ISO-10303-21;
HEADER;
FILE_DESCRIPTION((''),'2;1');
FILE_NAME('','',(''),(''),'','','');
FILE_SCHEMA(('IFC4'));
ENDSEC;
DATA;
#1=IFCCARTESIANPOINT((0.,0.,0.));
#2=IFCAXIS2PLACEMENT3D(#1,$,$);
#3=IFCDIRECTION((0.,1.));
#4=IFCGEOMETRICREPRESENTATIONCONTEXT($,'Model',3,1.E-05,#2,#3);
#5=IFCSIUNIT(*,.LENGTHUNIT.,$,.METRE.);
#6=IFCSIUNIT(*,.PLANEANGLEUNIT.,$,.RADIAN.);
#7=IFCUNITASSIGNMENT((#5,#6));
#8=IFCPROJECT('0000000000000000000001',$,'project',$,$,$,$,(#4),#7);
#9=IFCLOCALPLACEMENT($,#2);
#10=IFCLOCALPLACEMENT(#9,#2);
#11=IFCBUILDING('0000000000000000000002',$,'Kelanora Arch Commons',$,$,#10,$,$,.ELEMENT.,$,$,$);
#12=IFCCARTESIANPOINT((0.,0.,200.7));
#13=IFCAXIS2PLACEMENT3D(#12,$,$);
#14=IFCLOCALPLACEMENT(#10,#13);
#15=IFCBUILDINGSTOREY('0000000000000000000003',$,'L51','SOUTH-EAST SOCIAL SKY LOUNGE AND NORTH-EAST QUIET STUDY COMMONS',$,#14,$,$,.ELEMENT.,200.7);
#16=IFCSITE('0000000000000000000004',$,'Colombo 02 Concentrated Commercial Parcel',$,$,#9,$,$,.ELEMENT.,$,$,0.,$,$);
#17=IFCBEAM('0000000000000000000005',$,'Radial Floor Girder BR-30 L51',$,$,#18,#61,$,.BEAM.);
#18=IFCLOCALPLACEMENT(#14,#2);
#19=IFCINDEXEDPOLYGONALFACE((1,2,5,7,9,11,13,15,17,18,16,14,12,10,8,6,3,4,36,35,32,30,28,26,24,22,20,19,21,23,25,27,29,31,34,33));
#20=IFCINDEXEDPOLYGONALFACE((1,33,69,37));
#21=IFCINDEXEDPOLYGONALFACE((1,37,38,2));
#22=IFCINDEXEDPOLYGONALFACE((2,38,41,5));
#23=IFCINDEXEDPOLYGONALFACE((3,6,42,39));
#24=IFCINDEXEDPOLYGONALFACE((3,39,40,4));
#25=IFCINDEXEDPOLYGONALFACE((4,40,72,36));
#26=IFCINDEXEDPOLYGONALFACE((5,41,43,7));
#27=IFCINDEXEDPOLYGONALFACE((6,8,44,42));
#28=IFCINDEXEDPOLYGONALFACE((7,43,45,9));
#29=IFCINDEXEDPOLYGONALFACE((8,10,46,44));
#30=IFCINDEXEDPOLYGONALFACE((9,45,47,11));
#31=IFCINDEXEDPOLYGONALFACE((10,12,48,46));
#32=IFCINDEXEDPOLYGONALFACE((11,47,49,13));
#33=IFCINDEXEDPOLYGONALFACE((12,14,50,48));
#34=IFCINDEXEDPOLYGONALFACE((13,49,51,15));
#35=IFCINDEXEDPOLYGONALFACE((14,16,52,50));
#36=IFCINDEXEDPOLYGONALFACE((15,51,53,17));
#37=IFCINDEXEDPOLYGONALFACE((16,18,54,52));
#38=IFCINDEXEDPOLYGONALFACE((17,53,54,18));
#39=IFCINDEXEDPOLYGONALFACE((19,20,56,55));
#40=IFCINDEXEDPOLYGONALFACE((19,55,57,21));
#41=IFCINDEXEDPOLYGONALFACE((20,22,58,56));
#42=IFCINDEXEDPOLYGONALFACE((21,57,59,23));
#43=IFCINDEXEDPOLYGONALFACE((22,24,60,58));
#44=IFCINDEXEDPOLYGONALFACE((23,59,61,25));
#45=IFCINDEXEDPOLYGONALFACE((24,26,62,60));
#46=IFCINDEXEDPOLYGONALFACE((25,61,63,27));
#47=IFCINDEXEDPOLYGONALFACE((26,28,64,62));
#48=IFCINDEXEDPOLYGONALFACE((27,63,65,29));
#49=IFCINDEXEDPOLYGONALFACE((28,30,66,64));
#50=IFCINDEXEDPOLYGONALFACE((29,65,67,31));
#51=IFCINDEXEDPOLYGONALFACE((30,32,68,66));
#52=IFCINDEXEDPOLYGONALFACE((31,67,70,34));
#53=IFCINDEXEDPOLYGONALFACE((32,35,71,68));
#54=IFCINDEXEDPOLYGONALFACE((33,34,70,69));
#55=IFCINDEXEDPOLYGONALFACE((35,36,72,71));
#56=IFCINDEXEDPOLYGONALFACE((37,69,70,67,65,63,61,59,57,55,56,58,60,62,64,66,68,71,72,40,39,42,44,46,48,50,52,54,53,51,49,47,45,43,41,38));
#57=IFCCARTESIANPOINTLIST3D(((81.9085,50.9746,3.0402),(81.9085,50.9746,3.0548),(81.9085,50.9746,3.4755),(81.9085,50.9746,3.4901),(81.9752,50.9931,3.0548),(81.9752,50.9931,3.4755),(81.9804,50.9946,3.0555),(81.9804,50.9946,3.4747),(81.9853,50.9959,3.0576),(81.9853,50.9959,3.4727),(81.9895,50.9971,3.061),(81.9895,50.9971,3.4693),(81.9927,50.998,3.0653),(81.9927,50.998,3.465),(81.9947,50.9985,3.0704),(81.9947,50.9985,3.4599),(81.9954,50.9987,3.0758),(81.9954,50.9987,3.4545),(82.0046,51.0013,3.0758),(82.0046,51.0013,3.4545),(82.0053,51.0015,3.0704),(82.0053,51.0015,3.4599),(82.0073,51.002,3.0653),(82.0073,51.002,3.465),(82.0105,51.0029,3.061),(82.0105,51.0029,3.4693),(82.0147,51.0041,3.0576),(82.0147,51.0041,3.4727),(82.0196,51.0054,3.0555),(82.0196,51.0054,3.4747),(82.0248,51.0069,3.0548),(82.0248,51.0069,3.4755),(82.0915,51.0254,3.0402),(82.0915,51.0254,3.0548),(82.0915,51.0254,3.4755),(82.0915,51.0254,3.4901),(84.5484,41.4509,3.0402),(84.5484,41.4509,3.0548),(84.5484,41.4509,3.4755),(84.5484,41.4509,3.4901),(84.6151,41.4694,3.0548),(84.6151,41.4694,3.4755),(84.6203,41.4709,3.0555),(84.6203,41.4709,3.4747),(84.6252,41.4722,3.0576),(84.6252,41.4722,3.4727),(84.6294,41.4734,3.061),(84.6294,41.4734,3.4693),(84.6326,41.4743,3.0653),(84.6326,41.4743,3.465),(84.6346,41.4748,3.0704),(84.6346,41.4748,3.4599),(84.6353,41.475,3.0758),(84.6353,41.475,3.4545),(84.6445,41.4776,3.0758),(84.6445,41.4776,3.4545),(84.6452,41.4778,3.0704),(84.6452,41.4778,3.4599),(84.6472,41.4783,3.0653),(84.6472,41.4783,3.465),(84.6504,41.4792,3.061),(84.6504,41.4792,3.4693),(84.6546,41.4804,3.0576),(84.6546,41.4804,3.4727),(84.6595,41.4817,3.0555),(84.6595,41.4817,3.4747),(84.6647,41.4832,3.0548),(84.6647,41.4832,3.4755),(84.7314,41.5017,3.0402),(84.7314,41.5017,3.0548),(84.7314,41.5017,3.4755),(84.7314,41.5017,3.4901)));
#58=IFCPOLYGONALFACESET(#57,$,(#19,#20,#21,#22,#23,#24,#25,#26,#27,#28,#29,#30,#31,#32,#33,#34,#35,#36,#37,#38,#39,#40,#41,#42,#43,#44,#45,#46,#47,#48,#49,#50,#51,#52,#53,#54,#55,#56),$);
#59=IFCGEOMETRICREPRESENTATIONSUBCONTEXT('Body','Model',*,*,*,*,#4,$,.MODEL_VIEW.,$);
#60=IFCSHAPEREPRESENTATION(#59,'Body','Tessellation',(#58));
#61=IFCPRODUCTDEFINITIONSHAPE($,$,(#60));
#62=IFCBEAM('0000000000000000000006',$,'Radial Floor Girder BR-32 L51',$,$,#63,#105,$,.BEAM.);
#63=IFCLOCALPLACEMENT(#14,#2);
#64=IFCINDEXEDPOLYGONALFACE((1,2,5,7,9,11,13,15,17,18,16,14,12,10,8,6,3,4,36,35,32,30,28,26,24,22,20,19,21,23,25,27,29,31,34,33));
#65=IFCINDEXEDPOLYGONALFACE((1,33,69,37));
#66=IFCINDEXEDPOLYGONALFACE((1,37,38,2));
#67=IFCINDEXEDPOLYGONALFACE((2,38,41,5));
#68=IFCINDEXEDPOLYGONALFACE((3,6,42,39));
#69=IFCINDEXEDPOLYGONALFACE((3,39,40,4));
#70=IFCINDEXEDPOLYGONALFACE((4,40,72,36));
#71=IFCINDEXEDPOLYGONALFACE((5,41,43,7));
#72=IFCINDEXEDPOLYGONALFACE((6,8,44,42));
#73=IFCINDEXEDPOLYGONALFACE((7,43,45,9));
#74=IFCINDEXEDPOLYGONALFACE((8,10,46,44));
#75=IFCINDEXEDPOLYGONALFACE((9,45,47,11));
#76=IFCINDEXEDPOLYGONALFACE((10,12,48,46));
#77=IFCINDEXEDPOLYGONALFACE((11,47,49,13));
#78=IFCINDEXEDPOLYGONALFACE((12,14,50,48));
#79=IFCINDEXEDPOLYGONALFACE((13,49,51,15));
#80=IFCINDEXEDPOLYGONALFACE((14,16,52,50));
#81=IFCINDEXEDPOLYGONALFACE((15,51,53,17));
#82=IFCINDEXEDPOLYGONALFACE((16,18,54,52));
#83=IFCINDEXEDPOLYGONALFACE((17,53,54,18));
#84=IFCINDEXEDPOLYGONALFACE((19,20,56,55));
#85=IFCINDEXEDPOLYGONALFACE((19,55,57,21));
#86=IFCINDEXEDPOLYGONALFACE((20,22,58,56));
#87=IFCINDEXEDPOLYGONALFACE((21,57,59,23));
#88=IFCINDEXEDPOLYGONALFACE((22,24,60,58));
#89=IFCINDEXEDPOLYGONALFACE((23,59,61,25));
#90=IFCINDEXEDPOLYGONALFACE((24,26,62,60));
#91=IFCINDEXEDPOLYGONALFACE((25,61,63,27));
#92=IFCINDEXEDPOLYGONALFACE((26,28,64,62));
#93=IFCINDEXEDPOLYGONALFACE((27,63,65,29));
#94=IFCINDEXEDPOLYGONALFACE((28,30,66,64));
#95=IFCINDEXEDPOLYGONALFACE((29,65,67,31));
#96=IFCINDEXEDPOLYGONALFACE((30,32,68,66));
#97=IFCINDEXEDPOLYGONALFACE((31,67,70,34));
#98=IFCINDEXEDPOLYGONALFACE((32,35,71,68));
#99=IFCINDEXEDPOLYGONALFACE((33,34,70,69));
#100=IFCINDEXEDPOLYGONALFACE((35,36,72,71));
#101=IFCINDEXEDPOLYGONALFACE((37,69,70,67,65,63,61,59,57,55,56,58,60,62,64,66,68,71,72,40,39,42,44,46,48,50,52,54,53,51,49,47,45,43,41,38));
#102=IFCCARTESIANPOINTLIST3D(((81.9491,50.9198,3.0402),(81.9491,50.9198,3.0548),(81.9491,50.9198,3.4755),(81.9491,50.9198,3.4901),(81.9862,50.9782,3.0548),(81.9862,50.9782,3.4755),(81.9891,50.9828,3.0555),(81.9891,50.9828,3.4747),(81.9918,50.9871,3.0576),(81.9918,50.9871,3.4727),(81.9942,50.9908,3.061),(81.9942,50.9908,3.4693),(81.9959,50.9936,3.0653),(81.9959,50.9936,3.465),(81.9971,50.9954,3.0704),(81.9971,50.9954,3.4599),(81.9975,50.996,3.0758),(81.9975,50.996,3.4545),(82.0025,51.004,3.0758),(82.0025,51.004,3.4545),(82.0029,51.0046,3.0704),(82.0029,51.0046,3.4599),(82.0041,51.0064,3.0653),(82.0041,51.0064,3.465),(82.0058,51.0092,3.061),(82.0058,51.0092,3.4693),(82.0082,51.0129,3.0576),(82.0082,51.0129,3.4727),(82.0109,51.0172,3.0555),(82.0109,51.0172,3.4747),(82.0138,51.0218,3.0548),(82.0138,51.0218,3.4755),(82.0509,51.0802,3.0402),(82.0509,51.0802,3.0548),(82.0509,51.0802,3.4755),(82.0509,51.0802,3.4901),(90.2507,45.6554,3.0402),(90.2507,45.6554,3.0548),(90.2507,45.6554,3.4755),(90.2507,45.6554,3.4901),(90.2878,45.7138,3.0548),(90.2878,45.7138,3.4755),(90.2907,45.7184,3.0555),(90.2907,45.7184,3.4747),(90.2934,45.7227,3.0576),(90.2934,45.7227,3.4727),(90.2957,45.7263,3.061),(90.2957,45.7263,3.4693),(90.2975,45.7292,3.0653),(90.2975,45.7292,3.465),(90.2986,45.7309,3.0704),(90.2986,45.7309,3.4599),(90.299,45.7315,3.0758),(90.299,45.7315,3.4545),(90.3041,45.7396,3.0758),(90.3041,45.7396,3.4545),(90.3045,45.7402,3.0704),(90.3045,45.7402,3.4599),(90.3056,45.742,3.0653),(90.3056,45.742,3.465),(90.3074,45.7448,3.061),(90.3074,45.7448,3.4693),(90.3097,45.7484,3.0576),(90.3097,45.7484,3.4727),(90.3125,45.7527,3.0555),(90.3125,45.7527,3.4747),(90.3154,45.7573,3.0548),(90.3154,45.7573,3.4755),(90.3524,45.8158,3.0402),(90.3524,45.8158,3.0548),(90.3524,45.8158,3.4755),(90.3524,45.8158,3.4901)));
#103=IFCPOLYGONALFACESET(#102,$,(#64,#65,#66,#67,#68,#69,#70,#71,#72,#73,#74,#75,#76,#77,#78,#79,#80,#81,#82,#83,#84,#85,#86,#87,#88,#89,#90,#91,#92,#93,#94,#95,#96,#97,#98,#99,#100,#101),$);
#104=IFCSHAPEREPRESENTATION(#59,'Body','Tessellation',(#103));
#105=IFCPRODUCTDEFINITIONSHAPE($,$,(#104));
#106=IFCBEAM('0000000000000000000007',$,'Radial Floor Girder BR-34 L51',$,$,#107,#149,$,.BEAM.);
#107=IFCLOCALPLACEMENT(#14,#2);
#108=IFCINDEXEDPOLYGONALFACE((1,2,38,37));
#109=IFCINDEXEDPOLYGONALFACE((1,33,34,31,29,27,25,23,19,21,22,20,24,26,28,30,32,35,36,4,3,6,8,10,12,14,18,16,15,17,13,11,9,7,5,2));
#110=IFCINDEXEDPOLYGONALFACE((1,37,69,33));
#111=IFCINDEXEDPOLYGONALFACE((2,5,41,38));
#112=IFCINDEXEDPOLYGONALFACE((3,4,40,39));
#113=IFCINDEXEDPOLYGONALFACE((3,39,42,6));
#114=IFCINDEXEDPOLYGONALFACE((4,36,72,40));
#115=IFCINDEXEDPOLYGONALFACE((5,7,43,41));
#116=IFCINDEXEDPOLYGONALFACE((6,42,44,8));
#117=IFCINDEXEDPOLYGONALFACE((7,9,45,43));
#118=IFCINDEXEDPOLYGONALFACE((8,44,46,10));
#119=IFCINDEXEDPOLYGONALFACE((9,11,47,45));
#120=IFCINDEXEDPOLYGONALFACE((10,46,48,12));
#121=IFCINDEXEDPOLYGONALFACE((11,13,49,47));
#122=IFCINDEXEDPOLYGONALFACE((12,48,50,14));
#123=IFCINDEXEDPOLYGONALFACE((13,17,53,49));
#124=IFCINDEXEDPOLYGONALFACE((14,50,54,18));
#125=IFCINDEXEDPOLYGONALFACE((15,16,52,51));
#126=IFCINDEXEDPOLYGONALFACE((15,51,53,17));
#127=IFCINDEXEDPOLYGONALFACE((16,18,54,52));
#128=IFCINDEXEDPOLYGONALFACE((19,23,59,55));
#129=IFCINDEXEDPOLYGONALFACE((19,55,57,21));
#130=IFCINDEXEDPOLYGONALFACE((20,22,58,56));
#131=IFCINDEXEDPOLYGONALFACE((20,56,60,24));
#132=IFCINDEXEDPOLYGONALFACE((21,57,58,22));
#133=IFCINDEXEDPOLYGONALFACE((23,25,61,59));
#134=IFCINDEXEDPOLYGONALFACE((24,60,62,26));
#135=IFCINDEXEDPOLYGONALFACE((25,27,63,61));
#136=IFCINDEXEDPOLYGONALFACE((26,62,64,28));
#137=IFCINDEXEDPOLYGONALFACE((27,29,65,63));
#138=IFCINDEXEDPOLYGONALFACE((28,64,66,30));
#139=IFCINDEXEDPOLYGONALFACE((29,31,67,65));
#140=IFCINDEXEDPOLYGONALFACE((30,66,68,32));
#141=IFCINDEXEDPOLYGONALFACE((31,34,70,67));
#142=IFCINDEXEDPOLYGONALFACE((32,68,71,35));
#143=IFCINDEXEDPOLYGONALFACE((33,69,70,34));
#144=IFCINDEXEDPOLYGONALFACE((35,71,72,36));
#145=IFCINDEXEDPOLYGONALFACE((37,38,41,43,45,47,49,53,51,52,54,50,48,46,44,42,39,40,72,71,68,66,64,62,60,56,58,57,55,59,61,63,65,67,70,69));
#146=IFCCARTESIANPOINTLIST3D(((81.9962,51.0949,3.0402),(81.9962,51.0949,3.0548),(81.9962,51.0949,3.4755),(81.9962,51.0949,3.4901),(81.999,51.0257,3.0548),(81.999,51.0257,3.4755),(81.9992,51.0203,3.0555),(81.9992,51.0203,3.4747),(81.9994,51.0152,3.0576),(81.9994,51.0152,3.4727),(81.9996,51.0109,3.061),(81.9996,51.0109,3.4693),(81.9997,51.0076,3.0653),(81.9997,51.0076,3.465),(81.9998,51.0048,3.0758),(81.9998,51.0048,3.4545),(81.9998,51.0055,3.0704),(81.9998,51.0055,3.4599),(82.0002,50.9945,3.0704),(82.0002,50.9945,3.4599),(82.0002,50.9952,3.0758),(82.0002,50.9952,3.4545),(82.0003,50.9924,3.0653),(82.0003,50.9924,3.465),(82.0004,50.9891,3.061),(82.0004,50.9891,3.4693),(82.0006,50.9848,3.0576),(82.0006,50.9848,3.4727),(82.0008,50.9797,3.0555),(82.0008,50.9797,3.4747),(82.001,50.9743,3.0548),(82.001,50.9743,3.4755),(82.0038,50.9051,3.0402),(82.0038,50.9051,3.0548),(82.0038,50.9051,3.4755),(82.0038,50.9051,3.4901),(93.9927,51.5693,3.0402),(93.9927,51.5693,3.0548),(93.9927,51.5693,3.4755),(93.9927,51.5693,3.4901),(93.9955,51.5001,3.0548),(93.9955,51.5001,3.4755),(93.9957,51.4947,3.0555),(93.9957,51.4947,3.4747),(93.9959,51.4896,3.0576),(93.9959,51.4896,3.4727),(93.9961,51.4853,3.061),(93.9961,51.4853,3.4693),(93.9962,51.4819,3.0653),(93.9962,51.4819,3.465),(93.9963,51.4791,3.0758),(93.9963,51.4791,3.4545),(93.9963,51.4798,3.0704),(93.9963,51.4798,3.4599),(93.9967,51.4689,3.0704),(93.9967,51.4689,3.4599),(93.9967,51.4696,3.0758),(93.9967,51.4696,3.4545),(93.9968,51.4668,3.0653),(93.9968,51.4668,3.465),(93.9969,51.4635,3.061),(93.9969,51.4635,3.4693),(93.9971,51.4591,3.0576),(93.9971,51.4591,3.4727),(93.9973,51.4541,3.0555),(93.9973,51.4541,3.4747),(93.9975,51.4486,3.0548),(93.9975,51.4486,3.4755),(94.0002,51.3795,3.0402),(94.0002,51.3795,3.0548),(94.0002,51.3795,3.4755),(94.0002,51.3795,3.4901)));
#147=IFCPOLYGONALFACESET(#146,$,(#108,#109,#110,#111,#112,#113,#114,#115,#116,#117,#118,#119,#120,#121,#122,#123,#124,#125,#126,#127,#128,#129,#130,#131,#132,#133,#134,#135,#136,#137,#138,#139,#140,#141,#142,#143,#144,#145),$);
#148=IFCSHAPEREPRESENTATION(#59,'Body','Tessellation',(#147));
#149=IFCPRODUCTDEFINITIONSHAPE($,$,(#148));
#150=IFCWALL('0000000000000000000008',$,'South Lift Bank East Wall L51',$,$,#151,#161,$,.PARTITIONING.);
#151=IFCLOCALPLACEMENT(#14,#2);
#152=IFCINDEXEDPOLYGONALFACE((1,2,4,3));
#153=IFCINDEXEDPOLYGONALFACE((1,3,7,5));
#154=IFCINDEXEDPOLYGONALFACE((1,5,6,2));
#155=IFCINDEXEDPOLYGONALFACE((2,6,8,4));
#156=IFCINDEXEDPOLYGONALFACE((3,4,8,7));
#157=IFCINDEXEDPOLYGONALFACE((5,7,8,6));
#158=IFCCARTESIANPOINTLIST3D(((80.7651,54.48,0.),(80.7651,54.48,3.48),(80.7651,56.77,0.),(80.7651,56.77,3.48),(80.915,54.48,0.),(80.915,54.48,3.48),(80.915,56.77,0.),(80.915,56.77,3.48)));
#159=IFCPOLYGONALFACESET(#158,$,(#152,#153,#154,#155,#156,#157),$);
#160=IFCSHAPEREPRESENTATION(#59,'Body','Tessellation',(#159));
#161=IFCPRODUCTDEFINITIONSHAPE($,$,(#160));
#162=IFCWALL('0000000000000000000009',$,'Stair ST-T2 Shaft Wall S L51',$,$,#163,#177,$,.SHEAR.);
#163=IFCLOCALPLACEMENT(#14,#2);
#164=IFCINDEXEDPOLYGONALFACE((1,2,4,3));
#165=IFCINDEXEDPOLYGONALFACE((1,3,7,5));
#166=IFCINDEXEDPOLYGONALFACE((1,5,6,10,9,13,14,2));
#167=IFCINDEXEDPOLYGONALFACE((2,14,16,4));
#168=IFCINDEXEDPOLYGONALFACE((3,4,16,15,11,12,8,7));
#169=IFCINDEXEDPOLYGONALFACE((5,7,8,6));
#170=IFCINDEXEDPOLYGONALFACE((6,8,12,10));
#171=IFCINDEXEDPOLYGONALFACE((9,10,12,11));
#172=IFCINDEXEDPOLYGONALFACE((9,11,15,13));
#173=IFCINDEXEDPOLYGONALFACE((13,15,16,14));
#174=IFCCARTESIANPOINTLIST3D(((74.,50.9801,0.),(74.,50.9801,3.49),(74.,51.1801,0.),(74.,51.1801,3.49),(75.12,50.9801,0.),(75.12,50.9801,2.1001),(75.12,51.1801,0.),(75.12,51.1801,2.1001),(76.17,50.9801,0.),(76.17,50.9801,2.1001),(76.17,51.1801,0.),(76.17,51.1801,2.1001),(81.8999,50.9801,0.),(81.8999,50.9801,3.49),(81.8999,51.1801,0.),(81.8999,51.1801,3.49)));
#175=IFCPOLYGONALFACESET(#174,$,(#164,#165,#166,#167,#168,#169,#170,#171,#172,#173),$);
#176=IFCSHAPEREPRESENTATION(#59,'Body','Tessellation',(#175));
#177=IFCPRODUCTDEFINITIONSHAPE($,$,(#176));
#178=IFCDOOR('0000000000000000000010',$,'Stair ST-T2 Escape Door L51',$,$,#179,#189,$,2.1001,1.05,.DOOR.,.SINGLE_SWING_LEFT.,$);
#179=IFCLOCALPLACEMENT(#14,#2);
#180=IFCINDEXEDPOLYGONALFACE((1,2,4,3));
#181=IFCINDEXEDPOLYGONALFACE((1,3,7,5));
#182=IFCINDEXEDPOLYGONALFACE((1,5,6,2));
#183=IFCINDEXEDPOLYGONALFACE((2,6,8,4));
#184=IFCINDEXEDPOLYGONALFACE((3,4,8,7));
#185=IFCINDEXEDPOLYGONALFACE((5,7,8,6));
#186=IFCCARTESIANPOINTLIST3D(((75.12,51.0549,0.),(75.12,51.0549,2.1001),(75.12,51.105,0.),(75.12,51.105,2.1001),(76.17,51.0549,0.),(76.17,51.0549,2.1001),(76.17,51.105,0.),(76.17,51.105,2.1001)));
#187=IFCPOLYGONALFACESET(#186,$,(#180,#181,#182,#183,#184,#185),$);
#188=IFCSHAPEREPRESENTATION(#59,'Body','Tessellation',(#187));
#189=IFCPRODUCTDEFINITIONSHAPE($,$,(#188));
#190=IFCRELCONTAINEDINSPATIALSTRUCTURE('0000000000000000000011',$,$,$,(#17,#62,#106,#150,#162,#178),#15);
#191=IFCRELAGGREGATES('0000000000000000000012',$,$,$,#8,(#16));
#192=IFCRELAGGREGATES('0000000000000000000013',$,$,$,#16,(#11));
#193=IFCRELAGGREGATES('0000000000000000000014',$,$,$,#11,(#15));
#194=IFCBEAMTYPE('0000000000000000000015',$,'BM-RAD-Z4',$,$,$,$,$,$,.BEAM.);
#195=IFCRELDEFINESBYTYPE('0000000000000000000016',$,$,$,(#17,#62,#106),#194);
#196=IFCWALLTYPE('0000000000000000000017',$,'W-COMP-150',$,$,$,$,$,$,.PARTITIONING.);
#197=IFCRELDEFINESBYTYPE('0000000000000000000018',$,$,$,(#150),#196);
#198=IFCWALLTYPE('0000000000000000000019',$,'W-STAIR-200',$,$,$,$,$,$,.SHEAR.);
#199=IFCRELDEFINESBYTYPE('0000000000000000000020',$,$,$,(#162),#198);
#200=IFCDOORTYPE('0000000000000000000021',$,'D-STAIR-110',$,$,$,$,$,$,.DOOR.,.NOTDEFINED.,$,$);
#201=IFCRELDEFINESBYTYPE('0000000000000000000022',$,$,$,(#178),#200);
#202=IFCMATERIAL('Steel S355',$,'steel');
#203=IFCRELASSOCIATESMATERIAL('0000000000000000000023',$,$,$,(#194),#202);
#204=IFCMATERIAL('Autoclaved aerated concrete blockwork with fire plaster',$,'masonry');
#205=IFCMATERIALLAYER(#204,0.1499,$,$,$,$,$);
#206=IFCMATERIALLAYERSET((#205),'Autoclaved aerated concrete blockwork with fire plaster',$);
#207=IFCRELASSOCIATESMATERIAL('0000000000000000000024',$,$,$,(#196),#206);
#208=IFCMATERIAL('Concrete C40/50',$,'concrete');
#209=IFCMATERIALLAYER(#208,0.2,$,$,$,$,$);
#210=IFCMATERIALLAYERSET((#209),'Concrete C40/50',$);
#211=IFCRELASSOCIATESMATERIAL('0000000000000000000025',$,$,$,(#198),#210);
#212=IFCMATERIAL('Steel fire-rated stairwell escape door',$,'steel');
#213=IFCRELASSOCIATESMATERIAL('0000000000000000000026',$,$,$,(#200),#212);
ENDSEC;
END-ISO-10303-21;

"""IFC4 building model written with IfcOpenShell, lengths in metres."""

from ifc_helpers import new_model, si_unit, direction, frame, frame_2d, origin, origin_2d, place, context, subcontext, project, spatial, rectangle, i_section, extrude, material, layer, layer_set, material_profile, profile_set, type_object, element, fill, save


model = new_model("IFC4")

# Units and contexts
model_context = context("Model", 3, precision=1e-05, world=origin(), true_north=direction((0.0, 1.0)))
body_context = subcontext(model_context, "Body", "Model", "MODEL_VIEW")
ifc_project = project(units=[si_unit("LENGTHUNIT", "METRE"), si_unit("PLANEANGLEUNIT", "RADIAN")], contexts=[model_context])

# Site, building, storey
site_placement = place(None, origin())
site = spatial("IfcSite", under=ifc_project, at=site_placement, Name="Colombo 02 Concentrated Commercial Parcel", CompositionType="ELEMENT", RefElevation=0.0)
building_placement = place(site_placement, origin())
building = spatial("IfcBuilding", under=site, at=building_placement, Name="Kelanora Arch Commons", CompositionType="ELEMENT")
storey_placement = place(building_placement, frame((0.0, 0.0, 200.7)))
storey = spatial("IfcBuildingStorey", under=building, at=storey_placement, Name="L51", Description="SOUTH-EAST SOCIAL SKY LOUNGE AND NORTH-EAST QUIET STUDY COMMONS", CompositionType="ELEMENT", Elevation=200.7)

# Beams
ifc_material_1 = material(Name="Steel S355", Category="steel")
ifc_material_profile_1 = material_profile(ifc_material_1, i_section(OverallWidth=0.1899, OverallDepth=0.45, WebThickness=0.0095, FlangeThickness=0.0146, FilletRadius=0.021, at=origin_2d()), Name="IPE450")
ifc_profile_set_1 = profile_set([ifc_material_profile_1], Name="Steel S355")
beam_type_1 = type_object("IfcBeamType", Name="BM-RAD-Z4", PredefinedType="BEAM", material=ifc_profile_set_1)
beam_1_placement = place(storey_placement, frame((82.0, 51.0, 3.2651), z_axis=(0.26712, -0.963663, 0.0), x_axis=(0.963663, 0.26712, 0.0)))
element("IfcBeam", 1, at=beam_1_placement, inside=storey, type_object=beam_type_1, Name="Radial Floor Girder BR-30 L51", PredefinedType="BEAM", context=body_context, shape_type="SweptSolid", body=[
    extrude(i_section(OverallWidth=0.1899, OverallDepth=0.45, WebThickness=0.0095, FlangeThickness=0.0146, FilletRadius=0.021, at=origin_2d()), origin(), (0.0, 0.0, 1.0), 9.8828),
])
beam_2_placement = place(storey_placement, frame((82.0, 51.0, 3.2651), z_axis=(0.844507, -0.535544, 0.0), x_axis=(0.535544, 0.844507, 0.0)))
element("IfcBeam", 2, at=beam_2_placement, inside=storey, type_object=beam_type_1, Name="Radial Floor Girder BR-32 L51", PredefinedType="BEAM", context=body_context, shape_type="SweptSolid", body=[
    extrude(i_section(OverallWidth=0.1899, OverallDepth=0.45, WebThickness=0.0095, FlangeThickness=0.0146, FilletRadius=0.021, at=origin_2d()), origin(), (0.0, 0.0, 1.0), 9.8301),
])
beam_3_placement = place(storey_placement, frame((82.0, 51.0, 3.2651), z_axis=(0.999219, 0.039511, 0.0), x_axis=(-0.039511, 0.999219, 0.0)))
element("IfcBeam", 3, at=beam_3_placement, inside=storey, type_object=beam_type_1, Name="Radial Floor Girder BR-34 L51", PredefinedType="BEAM", context=body_context, shape_type="SweptSolid", body=[
    extrude(i_section(OverallWidth=0.1899, OverallDepth=0.45, WebThickness=0.0095, FlangeThickness=0.0146, FilletRadius=0.021, at=origin_2d()), origin(), (0.0, 0.0, 1.0), 12.0059),
])

# Wall
ifc_material_2 = material(Name="Autoclaved aerated concrete blockwork with fire plaster", Category="masonry")
ifc_layer_1 = layer(ifc_material_2, 0.1499)
ifc_layer_set_1 = layer_set([ifc_layer_1], Name="Autoclaved aerated concrete blockwork with fire plaster")
wall_type_1 = type_object("IfcWallType", Name="W-COMP-150", PredefinedType="PARTITIONING", material=ifc_layer_set_1)
wall_1_placement = place(storey_placement, frame((80.8401, 54.48, 0.0), z_axis=(0.0, 0.0, 1.0), x_axis=(0.0, 1.0, 0.0)))
element("IfcWall", 4, at=wall_1_placement, inside=storey, type_object=wall_type_1, Name="South Lift Bank East Wall L51", PredefinedType="PARTITIONING", context=body_context, shape_type="SweptSolid", body=[
    extrude(rectangle(XDim=2.29, YDim=0.1499, at=frame_2d((1.145, 0.0))), origin(), (0.0, 0.0, 1.0), 3.48),
])

# Wall, opening, door
ifc_material_3 = material(Name="Concrete C40/50", Category="concrete")
ifc_layer_2 = layer(ifc_material_3, 0.2)
ifc_layer_set_2 = layer_set([ifc_layer_2], Name="Concrete C40/50")
wall_type_2 = type_object("IfcWallType", Name="W-STAIR-200", PredefinedType="SHEAR", material=ifc_layer_set_2)
wall_2_placement = place(storey_placement, frame((74.0, 51.0801, 0.0), z_axis=(0.0, 0.0, 1.0), x_axis=(1.0, 0.0, 0.0)))
wall_2 = element("IfcWall", 5, at=wall_2_placement, inside=storey, type_object=wall_type_2, Name="Stair ST-T2 Shaft Wall S L51", PredefinedType="SHEAR", context=body_context, shape_type="SweptSolid", body=[
    extrude(rectangle(XDim=7.8999, YDim=0.2, at=frame_2d((3.95, 0.0))), origin(), (0.0, 0.0, 1.0), 3.49),
])
opening_placement = place(wall_2_placement, frame((1.1201, 0.0, 0.0)))
opening = element("IfcOpeningElement", 6, at=opening_placement, cuts=wall_2, PredefinedType="OPENING", context=body_context, shape_type="SweptSolid", body=[
    extrude(rectangle(XDim=1.05, YDim=2.1001, at=frame_2d((0.5249, 1.05))), frame((0.0, 0.1099, 0.0), z_axis=(0.0, -1.0, 0.0), x_axis=(1.0, 0.0, 0.0)), (0.0, 0.0, 1.0), 0.22),
])
ifc_material_4 = material(Name="Steel fire-rated stairwell escape door", Category="steel")
door_type = type_object("IfcDoorType", Name="D-STAIR-110", OperationType="NOTDEFINED", PredefinedType="DOOR", material=ifc_material_4)
door_placement = place(opening_placement, origin())
door = element("IfcDoor", 7, at=door_placement, inside=storey, type_object=door_type, Name="Stair ST-T2 Escape Door L51", OperationType="SINGLE_SWING_LEFT", OverallHeight=2.1001, OverallWidth=1.05, PredefinedType="DOOR", context=body_context, shape_type="SweptSolid", body=[
    extrude(rectangle(XDim=1.05, YDim=2.1001, at=frame_2d((0.5249, 1.05))), frame((0.0, 0.0249, 0.0), z_axis=(0.0, -1.0, 0.0), x_axis=(1.0, 0.0, 0.0)), (0.0, 0.0, 1.0), 0.05),
])
fill(opening, door)

save(model, "model.ifc")
